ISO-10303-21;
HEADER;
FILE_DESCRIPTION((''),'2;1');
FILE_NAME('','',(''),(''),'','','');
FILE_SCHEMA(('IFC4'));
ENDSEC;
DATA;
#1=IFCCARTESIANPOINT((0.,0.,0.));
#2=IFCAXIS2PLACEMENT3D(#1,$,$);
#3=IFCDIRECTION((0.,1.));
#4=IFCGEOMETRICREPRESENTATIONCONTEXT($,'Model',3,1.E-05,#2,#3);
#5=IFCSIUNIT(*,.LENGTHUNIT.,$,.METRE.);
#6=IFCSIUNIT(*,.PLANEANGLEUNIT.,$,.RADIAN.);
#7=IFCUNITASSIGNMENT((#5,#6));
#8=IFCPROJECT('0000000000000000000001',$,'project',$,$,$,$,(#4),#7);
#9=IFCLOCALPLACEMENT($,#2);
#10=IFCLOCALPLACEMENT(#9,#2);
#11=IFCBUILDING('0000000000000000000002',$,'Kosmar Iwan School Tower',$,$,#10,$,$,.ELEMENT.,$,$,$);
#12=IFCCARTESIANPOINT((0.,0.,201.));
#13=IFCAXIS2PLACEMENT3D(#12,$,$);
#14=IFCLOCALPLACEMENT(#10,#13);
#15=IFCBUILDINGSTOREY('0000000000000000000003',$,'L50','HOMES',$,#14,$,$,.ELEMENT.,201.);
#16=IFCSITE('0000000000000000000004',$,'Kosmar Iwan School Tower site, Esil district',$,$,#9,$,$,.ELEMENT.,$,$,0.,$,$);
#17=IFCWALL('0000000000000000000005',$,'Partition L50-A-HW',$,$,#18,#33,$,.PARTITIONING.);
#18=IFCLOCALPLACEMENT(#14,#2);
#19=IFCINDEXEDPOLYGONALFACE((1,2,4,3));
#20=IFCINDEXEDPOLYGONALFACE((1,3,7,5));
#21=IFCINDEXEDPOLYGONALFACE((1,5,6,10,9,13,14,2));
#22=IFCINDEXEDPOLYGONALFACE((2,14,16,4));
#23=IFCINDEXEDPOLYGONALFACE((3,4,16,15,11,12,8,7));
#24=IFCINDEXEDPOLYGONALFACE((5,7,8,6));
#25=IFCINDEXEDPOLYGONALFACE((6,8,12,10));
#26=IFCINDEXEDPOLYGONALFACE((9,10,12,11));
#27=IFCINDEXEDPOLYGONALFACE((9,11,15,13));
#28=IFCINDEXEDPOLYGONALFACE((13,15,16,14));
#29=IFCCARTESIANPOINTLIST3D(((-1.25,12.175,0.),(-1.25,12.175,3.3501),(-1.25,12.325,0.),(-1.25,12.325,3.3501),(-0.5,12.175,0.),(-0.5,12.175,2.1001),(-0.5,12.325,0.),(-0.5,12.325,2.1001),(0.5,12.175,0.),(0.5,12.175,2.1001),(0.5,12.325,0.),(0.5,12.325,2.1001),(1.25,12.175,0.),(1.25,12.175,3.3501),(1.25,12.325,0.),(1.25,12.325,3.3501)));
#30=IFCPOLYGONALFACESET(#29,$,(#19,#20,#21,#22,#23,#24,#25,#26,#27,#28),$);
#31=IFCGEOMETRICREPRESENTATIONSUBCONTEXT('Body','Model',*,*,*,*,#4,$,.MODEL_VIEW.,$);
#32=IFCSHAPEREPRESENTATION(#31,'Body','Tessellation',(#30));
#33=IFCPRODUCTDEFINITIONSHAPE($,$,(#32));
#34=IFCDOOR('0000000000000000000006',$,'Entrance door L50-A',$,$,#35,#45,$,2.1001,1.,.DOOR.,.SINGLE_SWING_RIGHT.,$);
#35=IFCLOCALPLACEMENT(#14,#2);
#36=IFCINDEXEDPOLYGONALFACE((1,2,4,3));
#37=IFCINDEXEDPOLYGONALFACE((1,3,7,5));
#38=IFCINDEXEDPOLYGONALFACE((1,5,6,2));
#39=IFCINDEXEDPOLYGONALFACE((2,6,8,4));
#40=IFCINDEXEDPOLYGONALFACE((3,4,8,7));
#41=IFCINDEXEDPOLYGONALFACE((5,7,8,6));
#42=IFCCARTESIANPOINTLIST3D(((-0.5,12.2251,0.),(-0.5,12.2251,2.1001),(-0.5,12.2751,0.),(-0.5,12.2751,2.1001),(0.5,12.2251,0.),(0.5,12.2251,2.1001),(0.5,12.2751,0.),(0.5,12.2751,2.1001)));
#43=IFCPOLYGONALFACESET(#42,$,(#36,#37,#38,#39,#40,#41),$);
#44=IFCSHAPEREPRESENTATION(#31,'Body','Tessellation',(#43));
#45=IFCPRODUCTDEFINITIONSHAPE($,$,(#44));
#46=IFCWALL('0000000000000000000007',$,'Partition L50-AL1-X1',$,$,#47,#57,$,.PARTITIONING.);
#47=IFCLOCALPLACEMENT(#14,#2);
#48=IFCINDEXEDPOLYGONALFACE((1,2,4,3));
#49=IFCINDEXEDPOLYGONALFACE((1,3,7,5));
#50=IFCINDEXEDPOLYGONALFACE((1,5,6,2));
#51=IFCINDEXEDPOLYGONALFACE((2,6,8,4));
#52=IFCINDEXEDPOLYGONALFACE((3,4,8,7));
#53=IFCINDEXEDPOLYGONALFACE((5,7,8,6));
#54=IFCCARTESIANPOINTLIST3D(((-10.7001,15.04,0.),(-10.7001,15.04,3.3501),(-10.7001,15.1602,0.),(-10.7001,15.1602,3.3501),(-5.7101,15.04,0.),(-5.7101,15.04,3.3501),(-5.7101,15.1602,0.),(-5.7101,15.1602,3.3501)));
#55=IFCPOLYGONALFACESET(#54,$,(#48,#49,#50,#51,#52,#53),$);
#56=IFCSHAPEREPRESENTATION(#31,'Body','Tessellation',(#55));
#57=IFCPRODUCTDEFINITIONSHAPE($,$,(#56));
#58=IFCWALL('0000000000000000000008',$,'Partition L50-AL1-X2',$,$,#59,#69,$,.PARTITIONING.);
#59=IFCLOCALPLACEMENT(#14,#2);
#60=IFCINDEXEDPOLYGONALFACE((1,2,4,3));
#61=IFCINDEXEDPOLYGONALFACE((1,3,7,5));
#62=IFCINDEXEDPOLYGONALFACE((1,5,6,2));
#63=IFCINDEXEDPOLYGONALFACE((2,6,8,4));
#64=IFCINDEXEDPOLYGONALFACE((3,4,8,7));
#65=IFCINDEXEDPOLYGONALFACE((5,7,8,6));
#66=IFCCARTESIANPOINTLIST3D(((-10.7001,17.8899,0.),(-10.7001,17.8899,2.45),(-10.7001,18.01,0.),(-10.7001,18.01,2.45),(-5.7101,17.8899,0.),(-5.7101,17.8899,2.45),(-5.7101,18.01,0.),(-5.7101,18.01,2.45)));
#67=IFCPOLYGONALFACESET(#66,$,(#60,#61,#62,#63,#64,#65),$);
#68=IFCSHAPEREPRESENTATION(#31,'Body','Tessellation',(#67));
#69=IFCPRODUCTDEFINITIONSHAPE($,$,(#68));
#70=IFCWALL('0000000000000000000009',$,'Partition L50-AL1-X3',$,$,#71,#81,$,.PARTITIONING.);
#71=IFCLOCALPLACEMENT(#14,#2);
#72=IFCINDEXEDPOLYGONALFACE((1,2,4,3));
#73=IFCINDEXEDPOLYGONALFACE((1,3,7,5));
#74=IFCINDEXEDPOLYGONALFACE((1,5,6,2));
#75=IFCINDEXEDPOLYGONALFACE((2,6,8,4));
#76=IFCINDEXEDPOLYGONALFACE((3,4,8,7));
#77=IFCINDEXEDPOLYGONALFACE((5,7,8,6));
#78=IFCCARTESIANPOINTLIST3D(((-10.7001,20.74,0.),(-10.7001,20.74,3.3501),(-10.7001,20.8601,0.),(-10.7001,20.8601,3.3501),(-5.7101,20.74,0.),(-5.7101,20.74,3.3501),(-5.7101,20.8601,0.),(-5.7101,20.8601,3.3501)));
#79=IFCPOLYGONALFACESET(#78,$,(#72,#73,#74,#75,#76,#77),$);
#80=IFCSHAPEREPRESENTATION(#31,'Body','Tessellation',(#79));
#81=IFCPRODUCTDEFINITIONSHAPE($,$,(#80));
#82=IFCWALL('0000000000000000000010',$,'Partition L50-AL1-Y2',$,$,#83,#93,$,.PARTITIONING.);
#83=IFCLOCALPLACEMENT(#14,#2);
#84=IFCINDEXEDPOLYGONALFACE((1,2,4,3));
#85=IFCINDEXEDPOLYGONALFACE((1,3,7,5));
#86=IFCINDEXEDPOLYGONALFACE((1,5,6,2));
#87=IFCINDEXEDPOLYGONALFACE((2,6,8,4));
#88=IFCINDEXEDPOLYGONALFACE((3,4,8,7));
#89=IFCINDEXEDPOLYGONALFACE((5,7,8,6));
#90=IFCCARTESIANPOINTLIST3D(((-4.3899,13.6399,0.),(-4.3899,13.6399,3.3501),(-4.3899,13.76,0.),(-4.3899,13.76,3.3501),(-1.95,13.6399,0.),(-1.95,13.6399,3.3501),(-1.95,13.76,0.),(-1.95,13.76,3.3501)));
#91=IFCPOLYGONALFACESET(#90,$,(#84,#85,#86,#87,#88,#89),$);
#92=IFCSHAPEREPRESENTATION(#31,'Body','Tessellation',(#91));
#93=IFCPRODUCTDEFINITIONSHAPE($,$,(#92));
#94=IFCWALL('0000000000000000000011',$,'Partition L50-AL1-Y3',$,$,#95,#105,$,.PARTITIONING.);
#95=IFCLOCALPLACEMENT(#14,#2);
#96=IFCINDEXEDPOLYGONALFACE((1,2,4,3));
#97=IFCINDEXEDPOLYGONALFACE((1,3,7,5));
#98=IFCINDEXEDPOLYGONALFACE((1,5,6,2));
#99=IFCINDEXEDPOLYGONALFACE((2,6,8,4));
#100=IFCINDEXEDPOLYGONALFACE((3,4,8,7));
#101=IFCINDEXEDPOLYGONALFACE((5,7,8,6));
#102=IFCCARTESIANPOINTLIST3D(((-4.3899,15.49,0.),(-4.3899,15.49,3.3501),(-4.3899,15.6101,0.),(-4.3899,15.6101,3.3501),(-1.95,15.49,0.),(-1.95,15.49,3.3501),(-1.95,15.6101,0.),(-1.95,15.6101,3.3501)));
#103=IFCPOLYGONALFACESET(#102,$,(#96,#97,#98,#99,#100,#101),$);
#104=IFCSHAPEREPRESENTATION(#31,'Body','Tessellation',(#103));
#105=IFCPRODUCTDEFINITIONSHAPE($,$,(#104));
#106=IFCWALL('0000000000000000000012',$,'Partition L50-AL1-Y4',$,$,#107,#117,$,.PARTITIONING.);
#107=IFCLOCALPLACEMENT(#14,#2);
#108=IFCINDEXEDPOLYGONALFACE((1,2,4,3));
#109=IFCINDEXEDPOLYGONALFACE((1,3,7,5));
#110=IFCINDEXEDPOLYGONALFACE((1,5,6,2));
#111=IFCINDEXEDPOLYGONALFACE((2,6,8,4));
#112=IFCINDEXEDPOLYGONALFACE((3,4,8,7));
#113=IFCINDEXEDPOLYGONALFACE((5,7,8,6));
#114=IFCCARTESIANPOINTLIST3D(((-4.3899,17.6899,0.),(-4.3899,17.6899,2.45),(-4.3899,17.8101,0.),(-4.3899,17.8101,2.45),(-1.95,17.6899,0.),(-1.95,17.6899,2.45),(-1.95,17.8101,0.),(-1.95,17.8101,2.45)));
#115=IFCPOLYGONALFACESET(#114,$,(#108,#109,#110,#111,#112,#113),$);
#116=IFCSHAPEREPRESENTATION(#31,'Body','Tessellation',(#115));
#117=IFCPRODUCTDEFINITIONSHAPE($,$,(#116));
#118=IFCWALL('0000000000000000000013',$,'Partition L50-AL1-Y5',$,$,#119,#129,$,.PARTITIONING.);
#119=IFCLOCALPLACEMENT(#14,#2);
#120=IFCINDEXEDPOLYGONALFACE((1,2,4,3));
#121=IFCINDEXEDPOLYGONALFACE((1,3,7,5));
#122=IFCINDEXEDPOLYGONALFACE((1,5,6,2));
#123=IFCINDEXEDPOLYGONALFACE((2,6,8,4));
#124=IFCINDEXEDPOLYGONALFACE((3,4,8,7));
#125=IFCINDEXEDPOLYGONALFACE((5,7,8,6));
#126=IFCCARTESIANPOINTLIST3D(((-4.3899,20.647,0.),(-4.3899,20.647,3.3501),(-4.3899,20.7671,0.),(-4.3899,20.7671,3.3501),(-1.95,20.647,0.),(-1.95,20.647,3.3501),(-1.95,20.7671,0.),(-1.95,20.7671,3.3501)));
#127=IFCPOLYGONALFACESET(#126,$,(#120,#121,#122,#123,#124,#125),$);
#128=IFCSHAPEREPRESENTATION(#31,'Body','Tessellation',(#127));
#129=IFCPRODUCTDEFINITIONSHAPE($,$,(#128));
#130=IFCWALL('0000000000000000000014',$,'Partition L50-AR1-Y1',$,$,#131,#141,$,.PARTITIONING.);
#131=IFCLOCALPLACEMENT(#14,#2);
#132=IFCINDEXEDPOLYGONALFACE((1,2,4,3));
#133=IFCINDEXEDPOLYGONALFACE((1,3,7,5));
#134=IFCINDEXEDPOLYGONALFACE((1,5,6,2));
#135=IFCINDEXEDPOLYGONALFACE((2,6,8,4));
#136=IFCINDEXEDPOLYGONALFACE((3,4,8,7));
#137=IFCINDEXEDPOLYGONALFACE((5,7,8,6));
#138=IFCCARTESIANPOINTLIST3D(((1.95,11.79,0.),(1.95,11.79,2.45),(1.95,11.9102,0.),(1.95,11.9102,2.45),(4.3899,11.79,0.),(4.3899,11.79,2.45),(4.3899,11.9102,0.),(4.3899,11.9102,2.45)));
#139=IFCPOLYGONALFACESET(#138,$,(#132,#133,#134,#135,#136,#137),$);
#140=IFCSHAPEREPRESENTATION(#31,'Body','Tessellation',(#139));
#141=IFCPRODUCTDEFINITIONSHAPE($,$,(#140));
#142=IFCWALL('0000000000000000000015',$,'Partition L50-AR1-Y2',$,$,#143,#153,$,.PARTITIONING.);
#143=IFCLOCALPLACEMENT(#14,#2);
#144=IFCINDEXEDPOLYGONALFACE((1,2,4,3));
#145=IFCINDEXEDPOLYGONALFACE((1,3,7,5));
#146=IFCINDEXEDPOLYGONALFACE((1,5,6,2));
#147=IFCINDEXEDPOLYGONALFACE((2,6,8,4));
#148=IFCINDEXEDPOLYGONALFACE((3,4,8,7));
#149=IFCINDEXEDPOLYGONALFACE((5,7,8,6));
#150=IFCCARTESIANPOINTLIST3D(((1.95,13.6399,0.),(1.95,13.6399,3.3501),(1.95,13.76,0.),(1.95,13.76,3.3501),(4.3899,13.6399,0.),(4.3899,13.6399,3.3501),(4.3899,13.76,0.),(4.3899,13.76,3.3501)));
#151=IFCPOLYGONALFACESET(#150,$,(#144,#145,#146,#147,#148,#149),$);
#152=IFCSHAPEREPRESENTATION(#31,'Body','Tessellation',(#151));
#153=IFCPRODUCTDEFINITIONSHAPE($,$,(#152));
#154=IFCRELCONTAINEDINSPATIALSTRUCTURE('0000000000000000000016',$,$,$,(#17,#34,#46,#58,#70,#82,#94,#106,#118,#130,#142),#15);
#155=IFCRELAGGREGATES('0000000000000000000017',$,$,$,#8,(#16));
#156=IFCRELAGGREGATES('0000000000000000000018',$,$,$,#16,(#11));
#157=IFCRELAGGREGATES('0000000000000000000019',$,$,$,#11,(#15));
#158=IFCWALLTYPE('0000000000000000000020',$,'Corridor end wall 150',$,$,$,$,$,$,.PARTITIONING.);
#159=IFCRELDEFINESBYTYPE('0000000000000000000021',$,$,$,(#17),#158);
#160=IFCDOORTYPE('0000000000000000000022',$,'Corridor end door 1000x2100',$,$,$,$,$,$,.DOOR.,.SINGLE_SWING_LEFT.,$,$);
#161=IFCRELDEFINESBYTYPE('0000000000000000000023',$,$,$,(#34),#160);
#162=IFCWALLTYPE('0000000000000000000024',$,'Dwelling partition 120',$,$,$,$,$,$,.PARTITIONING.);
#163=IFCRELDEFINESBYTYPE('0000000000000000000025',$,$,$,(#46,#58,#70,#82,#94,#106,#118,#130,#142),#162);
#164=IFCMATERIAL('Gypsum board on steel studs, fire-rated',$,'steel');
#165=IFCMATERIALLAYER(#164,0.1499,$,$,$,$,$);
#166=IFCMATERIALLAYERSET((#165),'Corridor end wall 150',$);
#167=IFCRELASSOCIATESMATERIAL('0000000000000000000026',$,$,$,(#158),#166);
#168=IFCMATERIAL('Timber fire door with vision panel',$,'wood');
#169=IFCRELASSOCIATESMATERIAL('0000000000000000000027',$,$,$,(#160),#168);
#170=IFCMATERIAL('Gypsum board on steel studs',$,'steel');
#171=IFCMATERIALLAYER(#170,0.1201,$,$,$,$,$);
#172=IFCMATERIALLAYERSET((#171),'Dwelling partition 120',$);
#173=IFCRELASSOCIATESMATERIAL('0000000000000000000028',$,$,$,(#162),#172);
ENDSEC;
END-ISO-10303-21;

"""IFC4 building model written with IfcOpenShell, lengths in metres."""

from ifc_helpers import new_model, si_unit, direction, frame, frame_2d, origin, place, context, subcontext, project, spatial, rectangle, extrude, material, layer, layer_set, type_object, element, fill, save


model = new_model("IFC4")

# Units and contexts
model_context = context("Model", 3, precision=1e-05, world=origin(), true_north=direction((0.0, 1.0)))
body_context = subcontext(model_context, "Body", "Model", "MODEL_VIEW")
ifc_project = project(units=[si_unit("LENGTHUNIT", "METRE"), si_unit("PLANEANGLEUNIT", "RADIAN")], contexts=[model_context])

# Site, building, storey
site_placement = place(None, origin())
site = spatial("IfcSite", under=ifc_project, at=site_placement, Name="Kosmar Iwan School Tower site, Esil district", CompositionType="ELEMENT", RefElevation=0.0)
building_placement = place(site_placement, origin())
building = spatial("IfcBuilding", under=site, at=building_placement, Name="Kosmar Iwan School Tower", CompositionType="ELEMENT")
storey_placement = place(building_placement, frame((0.0, 0.0, 201.0)))
storey = spatial("IfcBuildingStorey", under=building, at=storey_placement, Name="L50", Description="HOMES", CompositionType="ELEMENT", Elevation=201.0)

# Wall, opening, door
ifc_material_1 = material(Name="Gypsum board on steel studs, fire-rated", Category="steel")
ifc_layer_1 = layer(ifc_material_1, 0.1499)
ifc_layer_set_1 = layer_set([ifc_layer_1], Name="Corridor end wall 150")
wall_type_1 = type_object("IfcWallType", Name="Corridor end wall 150", PredefinedType="PARTITIONING", material=ifc_layer_set_1)
ifc_material_2 = material(Name="Timber fire door with vision panel", Category="wood")
door_type = type_object("IfcDoorType", Name="Corridor end door 1000x2100", OperationType="SINGLE_SWING_LEFT", PredefinedType="DOOR", material=ifc_material_2)
wall_1_placement = place(storey_placement, frame((1.25, 12.25, 0.0), z_axis=(0.0, 0.0, 1.0), x_axis=(-1.0, 0.0, 0.0)))
wall_1 = element("IfcWall", 1, at=wall_1_placement, inside=storey, type_object=wall_type_1, Name="Partition L50-A-HW", PredefinedType="PARTITIONING", context=body_context, shape_type="SweptSolid", body=[
    extrude(rectangle(XDim=2.5, YDim=0.1499, at=frame_2d((1.25, 0.0))), origin(), (0.0, 0.0, 1.0), 3.3501),
])
opening_1_placement = place(wall_1_placement, frame((0.75, 0.0, 0.0)))
opening_1 = element("IfcOpeningElement", 2, at=opening_1_placement, cuts=wall_1, PredefinedType="OPENING", context=body_context, shape_type="SweptSolid", body=[
    extrude(rectangle(XDim=1.0, YDim=2.1001, at=frame_2d((0.5, 1.05))), frame((0.0, 0.0869, 0.0), z_axis=(0.0, -1.0, 0.0), x_axis=(1.0, 0.0, 0.0)), (0.0, 0.0, 1.0), 0.1738),
])
door_1_placement = place(opening_1_placement, origin())
door_1 = element("IfcDoor", 3, at=door_1_placement, inside=storey, type_object=door_type, Name="Entrance door L50-A", OperationType="SINGLE_SWING_RIGHT", OverallHeight=2.1001, OverallWidth=1.0, PredefinedType="DOOR", context=body_context, shape_type="SweptSolid", body=[
    extrude(rectangle(XDim=1.0, YDim=2.1001, at=frame_2d((0.5, 1.05))), frame((0.0, 0.0249, 0.0), z_axis=(0.0, -1.0, 0.0), x_axis=(1.0, 0.0, 0.0)), (0.0, 0.0, 1.0), 0.05),
])
fill(opening_1, door_1)

# Walls
ifc_material_3 = material(Name="Gypsum board on steel studs", Category="steel")
ifc_layer_2 = layer(ifc_material_3, 0.1201)
ifc_layer_set_2 = layer_set([ifc_layer_2], Name="Dwelling partition 120")
wall_type_2 = type_object("IfcWallType", Name="Dwelling partition 120", PredefinedType="PARTITIONING", material=ifc_layer_set_2)
wall_2_placement = place(storey_placement, frame((-5.71, 15.1001, 0.0), z_axis=(0.0, 0.0, 1.0), x_axis=(-1.0, 0.0, 0.0)))
element("IfcWall", 4, at=wall_2_placement, inside=storey, type_object=wall_type_2, Name="Partition L50-AL1-X1", PredefinedType="PARTITIONING", context=body_context, shape_type="SweptSolid", body=[
    extrude(rectangle(XDim=4.99, YDim=0.1201, at=frame_2d((2.4951, 0.0))), origin(), (0.0, 0.0, 1.0), 3.3501),
])
wall_3_placement = place(storey_placement, frame((-5.71, 17.95, 0.0), z_axis=(0.0, 0.0, 1.0), x_axis=(-1.0, 0.0, 0.0)))
element("IfcWall", 5, at=wall_3_placement, inside=storey, type_object=wall_type_2, Name="Partition L50-AL1-X2", PredefinedType="PARTITIONING", context=body_context, shape_type="SweptSolid", body=[
    extrude(rectangle(XDim=4.99, YDim=0.1201, at=frame_2d((2.4951, 0.0))), origin(), (0.0, 0.0, 1.0), 2.45),
])
wall_4_placement = place(storey_placement, frame((-5.71, 20.8, 0.0), z_axis=(0.0, 0.0, 1.0), x_axis=(-1.0, 0.0, 0.0)))
element("IfcWall", 6, at=wall_4_placement, inside=storey, type_object=wall_type_2, Name="Partition L50-AL1-X3", PredefinedType="PARTITIONING", context=body_context, shape_type="SweptSolid", body=[
    extrude(rectangle(XDim=4.99, YDim=0.1201, at=frame_2d((2.4951, 0.0))), origin(), (0.0, 0.0, 1.0), 3.3501),
])
for number, where, z_axis, x_axis, name in (
    (7, (-1.95, 13.7, 0.0), (0.0, 0.0, 1.0), (-1.0, 0.0, 0.0), "Partition L50-AL1-Y2"),
    (8, (-1.95, 15.55, 0.0), (0.0, 0.0, 1.0), (-1.0, 0.0, 0.0), "Partition L50-AL1-Y3"),
):
    element("IfcWall", number, at=place(storey_placement, frame(where, z_axis=z_axis, x_axis=x_axis)), inside=storey, type_object=wall_type_2, Name=name, PredefinedType="PARTITIONING", context=body_context, shape_type="SweptSolid", body=[
        extrude(rectangle(XDim=2.4399, YDim=0.1201, at=frame_2d((1.22, 0.0))), origin(), (0.0, 0.0, 1.0), 3.3501),
    ])
wall_5_placement = place(storey_placement, frame((-1.95, 17.75, 0.0), z_axis=(0.0, 0.0, 1.0), x_axis=(-1.0, 0.0, 0.0)))
element("IfcWall", 9, at=wall_5_placement, inside=storey, type_object=wall_type_2, Name="Partition L50-AL1-Y4", PredefinedType="PARTITIONING", context=body_context, shape_type="SweptSolid", body=[
    extrude(rectangle(XDim=2.4399, YDim=0.1201, at=frame_2d((1.22, 0.0))), origin(), (0.0, 0.0, 1.0), 2.45),
])
wall_6_placement = place(storey_placement, frame((-1.95, 20.707, 0.0), z_axis=(0.0, 0.0, 1.0), x_axis=(-1.0, 0.0, 0.0)))
element("IfcWall", 10, at=wall_6_placement, inside=storey, type_object=wall_type_2, Name="Partition L50-AL1-Y5", PredefinedType="PARTITIONING", context=body_context, shape_type="SweptSolid", body=[
    extrude(rectangle(XDim=2.4399, YDim=0.1201, at=frame_2d((1.22, 0.0))), origin(), (0.0, 0.0, 1.0), 3.3501),
])
wall_7_placement = place(storey_placement, frame((1.95, 11.8501, 0.0), z_axis=(0.0, 0.0, 1.0), x_axis=(1.0, 0.0, 0.0)))
element("IfcWall", 11, at=wall_7_placement, inside=storey, type_object=wall_type_2, Name="Partition L50-AR1-Y1", PredefinedType="PARTITIONING", context=body_context, shape_type="SweptSolid", body=[
    extrude(rectangle(XDim=2.4399, YDim=0.1201, at=frame_2d((1.22, 0.0))), origin(), (0.0, 0.0, 1.0), 2.45),
])
wall_8_placement = place(storey_placement, frame((1.95, 13.7, 0.0), z_axis=(0.0, 0.0, 1.0), x_axis=(1.0, 0.0, 0.0)))
element("IfcWall", 12, at=wall_8_placement, inside=storey, type_object=wall_type_2, Name="Partition L50-AR1-Y2", PredefinedType="PARTITIONING", context=body_context, shape_type="SweptSolid", body=[
    extrude(rectangle(XDim=2.4399, YDim=0.1201, at=frame_2d((1.22, 0.0))), origin(), (0.0, 0.0, 1.0), 3.3501),
])

save(model, "model.ifc")
